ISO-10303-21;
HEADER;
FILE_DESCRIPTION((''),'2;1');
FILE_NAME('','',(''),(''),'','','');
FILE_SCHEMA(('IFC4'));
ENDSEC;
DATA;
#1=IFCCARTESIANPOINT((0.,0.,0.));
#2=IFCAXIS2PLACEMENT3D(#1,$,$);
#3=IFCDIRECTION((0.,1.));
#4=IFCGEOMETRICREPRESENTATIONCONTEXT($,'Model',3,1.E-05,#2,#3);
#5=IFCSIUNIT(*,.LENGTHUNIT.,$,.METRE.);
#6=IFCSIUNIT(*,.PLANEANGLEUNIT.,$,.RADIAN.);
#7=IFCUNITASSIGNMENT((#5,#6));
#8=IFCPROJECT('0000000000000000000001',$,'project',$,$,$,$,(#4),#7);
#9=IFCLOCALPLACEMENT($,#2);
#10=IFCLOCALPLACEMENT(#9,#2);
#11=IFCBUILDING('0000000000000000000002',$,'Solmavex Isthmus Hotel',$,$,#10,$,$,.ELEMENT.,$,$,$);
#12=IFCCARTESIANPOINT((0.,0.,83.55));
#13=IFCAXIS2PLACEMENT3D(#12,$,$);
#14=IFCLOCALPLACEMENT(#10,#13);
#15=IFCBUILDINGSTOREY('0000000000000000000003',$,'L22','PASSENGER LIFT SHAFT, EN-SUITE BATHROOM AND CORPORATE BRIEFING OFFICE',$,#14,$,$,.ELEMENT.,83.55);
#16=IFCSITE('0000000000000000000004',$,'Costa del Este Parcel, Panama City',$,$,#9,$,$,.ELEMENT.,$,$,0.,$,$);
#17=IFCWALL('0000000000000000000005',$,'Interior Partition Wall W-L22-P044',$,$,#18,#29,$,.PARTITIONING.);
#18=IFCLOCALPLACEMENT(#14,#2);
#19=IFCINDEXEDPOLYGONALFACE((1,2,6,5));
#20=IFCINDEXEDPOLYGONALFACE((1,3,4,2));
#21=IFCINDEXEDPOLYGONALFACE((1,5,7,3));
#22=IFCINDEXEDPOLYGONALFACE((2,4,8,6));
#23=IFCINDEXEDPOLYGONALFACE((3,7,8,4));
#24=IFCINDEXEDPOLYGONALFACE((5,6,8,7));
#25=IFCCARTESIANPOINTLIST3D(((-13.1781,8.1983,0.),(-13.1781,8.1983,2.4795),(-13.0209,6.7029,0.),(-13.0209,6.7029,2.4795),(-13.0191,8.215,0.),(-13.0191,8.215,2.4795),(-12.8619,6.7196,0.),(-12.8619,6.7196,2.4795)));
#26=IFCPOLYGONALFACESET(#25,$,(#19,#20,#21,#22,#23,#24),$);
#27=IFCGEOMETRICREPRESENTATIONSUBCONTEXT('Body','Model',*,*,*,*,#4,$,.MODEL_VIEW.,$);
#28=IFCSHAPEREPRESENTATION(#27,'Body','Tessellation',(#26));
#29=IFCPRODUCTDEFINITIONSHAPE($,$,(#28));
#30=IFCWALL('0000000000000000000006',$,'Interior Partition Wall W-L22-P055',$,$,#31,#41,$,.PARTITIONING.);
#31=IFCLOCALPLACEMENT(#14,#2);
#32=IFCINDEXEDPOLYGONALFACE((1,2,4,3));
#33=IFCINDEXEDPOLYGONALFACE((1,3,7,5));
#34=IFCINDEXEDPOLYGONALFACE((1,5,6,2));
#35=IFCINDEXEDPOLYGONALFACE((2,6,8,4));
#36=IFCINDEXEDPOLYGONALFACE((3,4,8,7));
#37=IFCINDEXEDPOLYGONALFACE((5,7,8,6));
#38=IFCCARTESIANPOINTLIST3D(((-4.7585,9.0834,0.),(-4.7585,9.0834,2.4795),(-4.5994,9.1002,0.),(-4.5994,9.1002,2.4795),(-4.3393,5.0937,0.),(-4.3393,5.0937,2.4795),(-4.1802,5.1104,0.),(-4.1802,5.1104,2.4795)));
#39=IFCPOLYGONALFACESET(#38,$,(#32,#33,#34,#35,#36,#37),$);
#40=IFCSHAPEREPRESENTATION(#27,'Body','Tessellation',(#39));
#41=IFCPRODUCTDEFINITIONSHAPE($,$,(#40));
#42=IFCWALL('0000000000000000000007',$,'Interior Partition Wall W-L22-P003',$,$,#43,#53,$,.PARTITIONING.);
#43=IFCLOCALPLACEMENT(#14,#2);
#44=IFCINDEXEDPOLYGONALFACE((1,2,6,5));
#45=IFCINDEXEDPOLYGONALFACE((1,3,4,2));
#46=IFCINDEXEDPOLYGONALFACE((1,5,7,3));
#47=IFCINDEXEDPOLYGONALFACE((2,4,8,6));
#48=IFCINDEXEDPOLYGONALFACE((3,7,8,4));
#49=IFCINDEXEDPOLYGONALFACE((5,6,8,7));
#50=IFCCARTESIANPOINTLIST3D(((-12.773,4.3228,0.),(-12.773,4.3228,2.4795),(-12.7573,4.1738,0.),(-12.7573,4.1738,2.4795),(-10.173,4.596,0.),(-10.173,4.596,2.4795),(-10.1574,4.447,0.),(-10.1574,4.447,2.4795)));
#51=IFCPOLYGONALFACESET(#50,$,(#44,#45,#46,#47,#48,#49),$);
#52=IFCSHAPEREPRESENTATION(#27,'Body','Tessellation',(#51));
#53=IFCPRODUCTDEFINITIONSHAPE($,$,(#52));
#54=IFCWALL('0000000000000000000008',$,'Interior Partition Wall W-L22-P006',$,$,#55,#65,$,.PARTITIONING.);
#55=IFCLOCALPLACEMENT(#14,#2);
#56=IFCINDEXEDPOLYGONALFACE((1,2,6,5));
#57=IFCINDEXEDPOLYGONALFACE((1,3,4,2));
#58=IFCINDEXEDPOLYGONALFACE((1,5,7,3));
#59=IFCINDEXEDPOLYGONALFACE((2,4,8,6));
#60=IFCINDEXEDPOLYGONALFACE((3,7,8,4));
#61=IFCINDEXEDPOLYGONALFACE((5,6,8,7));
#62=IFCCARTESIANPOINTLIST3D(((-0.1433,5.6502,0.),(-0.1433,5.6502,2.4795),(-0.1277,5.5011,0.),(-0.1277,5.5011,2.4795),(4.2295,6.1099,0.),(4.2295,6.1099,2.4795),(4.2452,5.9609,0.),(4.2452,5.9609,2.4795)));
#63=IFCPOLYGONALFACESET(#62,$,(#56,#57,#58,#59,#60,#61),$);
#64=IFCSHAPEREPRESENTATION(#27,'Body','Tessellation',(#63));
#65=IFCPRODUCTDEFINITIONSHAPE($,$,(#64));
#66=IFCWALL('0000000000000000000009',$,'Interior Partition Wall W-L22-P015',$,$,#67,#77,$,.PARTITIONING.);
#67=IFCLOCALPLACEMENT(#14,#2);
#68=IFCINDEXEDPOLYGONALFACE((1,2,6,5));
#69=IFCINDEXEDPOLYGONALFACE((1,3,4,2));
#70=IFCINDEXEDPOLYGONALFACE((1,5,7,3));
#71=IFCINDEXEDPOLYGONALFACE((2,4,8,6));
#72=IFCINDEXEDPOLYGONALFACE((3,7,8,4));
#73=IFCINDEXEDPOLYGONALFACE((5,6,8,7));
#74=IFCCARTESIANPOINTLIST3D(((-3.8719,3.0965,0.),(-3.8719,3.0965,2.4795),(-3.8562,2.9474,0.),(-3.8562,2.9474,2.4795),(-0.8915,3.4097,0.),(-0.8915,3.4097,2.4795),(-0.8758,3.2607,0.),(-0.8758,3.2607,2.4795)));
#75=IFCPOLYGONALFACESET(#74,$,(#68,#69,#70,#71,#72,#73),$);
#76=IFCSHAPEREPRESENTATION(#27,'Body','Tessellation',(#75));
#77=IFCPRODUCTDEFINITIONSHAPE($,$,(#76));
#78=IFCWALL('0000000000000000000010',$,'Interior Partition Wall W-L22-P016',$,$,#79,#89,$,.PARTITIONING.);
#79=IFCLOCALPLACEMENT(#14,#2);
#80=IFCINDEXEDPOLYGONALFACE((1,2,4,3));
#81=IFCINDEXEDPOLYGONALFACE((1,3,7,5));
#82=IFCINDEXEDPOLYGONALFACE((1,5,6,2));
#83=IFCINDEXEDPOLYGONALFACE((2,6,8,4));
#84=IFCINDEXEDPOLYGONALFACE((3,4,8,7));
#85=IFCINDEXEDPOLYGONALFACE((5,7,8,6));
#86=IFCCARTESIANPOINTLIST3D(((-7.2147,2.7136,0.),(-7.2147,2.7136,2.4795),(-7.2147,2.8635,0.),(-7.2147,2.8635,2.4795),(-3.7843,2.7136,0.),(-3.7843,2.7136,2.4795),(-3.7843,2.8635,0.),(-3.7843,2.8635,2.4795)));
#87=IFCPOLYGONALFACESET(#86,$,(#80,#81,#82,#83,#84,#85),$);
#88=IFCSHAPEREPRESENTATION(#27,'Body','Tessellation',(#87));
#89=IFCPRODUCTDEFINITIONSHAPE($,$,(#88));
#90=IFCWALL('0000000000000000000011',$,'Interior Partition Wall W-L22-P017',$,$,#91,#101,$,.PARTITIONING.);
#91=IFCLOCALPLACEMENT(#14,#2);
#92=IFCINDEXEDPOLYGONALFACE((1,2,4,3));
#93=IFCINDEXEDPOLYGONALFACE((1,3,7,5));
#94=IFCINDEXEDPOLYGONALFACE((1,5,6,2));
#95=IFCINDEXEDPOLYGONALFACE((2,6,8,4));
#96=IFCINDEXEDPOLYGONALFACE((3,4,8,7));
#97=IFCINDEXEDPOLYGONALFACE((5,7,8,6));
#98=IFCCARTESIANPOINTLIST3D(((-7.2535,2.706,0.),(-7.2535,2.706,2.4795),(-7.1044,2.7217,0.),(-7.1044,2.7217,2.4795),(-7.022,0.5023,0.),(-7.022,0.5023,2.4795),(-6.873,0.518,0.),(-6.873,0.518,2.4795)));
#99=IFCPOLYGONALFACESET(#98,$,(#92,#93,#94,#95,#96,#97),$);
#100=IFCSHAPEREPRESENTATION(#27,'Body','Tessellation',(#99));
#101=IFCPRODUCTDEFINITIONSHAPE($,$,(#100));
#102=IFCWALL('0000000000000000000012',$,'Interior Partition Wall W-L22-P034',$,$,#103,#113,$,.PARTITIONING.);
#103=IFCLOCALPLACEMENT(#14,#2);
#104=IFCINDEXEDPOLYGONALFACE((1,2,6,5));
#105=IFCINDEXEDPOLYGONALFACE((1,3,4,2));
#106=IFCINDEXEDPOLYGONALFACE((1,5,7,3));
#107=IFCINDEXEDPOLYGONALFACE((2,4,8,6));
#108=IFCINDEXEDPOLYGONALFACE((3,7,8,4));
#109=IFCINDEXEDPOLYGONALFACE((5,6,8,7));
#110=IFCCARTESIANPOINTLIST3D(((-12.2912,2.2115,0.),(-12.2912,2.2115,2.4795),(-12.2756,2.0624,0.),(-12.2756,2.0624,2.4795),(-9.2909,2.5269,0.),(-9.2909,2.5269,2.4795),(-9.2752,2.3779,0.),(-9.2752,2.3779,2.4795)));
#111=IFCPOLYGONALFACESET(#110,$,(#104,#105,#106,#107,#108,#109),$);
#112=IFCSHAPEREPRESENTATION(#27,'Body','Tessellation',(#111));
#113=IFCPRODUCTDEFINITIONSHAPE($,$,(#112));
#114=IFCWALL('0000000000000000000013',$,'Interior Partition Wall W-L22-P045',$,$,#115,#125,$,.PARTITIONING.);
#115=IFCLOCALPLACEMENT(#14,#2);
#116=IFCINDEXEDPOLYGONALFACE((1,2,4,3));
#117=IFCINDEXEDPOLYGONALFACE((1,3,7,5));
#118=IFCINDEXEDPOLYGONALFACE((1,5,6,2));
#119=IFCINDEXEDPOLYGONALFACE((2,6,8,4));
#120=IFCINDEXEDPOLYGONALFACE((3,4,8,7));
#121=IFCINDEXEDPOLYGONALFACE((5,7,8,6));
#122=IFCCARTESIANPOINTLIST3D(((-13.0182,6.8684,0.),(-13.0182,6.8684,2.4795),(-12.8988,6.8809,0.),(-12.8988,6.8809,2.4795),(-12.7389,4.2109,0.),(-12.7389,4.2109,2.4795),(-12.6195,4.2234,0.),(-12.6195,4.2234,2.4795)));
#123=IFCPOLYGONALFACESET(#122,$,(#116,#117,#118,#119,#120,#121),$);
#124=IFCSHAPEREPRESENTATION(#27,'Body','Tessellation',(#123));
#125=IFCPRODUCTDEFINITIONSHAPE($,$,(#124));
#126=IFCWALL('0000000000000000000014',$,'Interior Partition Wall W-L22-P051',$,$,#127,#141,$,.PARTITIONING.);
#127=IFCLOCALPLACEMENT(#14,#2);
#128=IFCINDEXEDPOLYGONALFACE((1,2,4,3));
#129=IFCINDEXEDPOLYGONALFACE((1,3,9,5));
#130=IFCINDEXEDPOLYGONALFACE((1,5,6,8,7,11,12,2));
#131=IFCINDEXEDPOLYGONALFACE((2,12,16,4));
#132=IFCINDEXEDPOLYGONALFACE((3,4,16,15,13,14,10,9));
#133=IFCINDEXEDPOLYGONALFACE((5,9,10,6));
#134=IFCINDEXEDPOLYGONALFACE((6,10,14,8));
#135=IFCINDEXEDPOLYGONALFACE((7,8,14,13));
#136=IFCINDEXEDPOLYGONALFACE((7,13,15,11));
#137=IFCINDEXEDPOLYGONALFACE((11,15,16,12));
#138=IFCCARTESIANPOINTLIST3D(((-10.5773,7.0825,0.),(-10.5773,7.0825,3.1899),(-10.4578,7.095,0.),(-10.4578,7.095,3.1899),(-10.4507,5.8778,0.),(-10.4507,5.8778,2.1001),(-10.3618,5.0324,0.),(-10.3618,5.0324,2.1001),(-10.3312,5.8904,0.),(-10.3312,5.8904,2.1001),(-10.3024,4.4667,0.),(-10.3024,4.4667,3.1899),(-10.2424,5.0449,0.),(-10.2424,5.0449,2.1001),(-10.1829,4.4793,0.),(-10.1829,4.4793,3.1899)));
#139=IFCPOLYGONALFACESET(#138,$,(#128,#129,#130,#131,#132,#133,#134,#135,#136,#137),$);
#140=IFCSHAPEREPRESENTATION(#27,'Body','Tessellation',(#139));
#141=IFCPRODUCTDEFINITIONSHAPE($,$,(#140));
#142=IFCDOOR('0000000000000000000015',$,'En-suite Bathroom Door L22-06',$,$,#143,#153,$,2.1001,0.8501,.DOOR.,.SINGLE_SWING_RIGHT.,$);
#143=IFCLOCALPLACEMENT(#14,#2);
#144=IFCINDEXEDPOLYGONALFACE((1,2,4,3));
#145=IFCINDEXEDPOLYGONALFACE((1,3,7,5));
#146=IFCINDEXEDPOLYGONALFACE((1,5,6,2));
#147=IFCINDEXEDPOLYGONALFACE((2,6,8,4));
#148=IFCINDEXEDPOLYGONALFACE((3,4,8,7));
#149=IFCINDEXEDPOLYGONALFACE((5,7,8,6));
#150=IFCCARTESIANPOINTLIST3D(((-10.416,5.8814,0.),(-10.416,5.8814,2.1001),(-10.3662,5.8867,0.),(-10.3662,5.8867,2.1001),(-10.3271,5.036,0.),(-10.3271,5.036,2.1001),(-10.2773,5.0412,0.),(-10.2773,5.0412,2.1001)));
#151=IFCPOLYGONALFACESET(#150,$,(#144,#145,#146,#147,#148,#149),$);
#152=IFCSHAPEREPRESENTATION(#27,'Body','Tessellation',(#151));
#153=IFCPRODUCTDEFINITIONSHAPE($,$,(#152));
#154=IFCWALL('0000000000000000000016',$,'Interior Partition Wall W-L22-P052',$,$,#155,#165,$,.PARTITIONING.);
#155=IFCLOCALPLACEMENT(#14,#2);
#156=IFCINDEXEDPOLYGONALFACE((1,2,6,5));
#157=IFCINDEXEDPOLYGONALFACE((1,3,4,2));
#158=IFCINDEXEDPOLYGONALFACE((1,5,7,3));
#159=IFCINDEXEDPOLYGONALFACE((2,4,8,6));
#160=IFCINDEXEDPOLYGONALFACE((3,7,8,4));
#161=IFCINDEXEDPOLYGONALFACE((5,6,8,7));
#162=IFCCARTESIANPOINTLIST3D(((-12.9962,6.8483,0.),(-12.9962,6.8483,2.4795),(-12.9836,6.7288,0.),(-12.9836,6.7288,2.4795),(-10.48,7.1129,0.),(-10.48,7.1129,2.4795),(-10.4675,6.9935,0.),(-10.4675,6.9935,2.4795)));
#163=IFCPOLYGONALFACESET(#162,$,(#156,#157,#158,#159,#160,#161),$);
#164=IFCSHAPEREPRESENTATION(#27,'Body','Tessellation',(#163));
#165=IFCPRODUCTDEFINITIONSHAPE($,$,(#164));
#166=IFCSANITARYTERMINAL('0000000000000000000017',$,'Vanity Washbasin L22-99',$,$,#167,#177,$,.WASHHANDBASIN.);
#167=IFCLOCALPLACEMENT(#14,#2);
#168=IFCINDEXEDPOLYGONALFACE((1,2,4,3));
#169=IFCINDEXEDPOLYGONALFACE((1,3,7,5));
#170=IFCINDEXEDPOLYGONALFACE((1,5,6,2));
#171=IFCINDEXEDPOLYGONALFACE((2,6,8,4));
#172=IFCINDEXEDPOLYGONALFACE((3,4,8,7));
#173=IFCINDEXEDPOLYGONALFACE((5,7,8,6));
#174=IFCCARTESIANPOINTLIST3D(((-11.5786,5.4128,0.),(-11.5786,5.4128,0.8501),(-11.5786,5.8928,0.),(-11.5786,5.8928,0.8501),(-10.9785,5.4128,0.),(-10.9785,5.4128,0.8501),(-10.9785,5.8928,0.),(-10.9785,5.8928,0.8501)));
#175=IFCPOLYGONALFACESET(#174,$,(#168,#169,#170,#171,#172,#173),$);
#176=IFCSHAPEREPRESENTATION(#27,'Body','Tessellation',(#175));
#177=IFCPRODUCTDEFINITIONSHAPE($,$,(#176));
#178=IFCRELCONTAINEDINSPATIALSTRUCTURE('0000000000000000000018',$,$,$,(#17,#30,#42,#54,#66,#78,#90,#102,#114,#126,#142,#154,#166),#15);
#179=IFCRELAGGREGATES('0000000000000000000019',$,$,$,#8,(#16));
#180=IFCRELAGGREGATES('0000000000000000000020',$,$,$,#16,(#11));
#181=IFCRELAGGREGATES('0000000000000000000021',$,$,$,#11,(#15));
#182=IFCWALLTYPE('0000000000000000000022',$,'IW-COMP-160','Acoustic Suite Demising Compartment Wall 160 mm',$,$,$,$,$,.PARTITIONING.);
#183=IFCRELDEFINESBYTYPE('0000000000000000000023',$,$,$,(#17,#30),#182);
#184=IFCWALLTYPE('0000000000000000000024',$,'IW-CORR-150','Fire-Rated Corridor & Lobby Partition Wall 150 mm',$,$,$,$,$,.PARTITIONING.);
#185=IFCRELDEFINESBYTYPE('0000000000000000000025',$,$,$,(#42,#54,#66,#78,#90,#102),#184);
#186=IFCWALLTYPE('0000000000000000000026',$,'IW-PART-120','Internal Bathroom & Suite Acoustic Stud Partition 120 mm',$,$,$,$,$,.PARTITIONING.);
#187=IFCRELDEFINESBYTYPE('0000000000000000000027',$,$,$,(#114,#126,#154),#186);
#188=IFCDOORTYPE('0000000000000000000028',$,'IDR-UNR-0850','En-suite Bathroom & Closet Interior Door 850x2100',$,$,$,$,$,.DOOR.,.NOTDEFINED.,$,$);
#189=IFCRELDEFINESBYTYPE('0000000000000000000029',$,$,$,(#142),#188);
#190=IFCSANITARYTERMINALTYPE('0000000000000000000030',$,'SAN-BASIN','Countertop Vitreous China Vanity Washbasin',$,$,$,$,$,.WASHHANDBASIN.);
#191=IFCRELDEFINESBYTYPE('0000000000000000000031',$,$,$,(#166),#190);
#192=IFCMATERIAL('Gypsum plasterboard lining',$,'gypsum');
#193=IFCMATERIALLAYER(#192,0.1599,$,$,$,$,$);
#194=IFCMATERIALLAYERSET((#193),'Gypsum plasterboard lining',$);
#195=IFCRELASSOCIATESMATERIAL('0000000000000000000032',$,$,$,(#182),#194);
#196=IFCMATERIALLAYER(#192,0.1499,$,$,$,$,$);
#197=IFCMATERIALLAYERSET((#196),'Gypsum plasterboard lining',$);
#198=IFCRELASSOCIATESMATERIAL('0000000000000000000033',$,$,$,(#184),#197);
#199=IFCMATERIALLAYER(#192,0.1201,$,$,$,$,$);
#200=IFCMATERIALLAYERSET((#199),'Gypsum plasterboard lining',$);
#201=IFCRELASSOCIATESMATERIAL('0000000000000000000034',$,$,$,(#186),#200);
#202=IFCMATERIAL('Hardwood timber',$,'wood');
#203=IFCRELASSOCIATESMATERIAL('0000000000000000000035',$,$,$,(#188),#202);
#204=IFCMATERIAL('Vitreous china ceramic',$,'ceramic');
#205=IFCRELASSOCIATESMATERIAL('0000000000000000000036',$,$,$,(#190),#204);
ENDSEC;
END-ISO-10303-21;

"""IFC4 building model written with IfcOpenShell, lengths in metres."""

from ifc_helpers import new_model, si_unit, direction, frame, frame_2d, origin, origin_2d, place, context, subcontext, project, spatial, rectangle, extrude, material, layer, layer_set, type_object, element, fill, save


model = new_model("IFC4")

# Units and contexts
model_context = context("Model", 3, precision=1e-05, world=origin(), true_north=direction((0.0, 1.0)))
body_context = subcontext(model_context, "Body", "Model", "MODEL_VIEW")
ifc_project = project(units=[si_unit("LENGTHUNIT", "METRE"), si_unit("PLANEANGLEUNIT", "RADIAN")], contexts=[model_context])

# Site, building, storey
site_placement = place(None, origin())
site = spatial("IfcSite", under=ifc_project, at=site_placement, Name="Costa del Este Parcel, Panama City", CompositionType="ELEMENT", RefElevation=0.0)
building_placement = place(site_placement, origin())
building = spatial("IfcBuilding", under=site, at=building_placement, Name="Solmavex Isthmus Hotel", CompositionType="ELEMENT")
storey_placement = place(building_placement, frame((0.0, 0.0, 83.55)))
storey = spatial("IfcBuildingStorey", under=building, at=storey_placement, Name="L22", Description="PASSENGER LIFT SHAFT, EN-SUITE BATHROOM AND CORPORATE BRIEFING OFFICE", CompositionType="ELEMENT", Elevation=83.55)

# Walls
ifc_material_1 = material(Name="Gypsum plasterboard lining", Category="gypsum")
ifc_layer_1 = layer(ifc_material_1, 0.1599)
ifc_layer_set_1 = layer_set([ifc_layer_1], Name="Gypsum plasterboard lining")
wall_type_1 = type_object("IfcWallType", Name="IW-COMP-160", Description="Acoustic Suite Demising Compartment Wall 160 mm", PredefinedType="PARTITIONING", material=ifc_layer_set_1)
wall_1_placement = place(storey_placement, frame((-13.0986, 8.2068, 0.0), z_axis=(0.0, 0.0, 1.0), x_axis=(0.104566, -0.994518, 0.0)))
element("IfcWall", 1, at=wall_1_placement, inside=storey, type_object=wall_type_1, Name="Interior Partition Wall W-L22-P044", PredefinedType="PARTITIONING", context=body_context, shape_type="SweptSolid", body=[
    extrude(rectangle(XDim=1.5037, YDim=0.1599, at=frame_2d((0.752, 0.0))), origin(), (0.0, 0.0, 1.0), 2.4795),
])
wall_2_placement = place(storey_placement, frame((-4.679, 9.0918, 0.0), z_axis=(0.0, 0.0, 1.0), x_axis=(0.104492, -0.994526, 0.0)))
element("IfcWall", 2, at=wall_2_placement, inside=storey, type_object=wall_type_1, Name="Interior Partition Wall W-L22-P055", PredefinedType="PARTITIONING", context=body_context, shape_type="SweptSolid", body=[
    extrude(rectangle(XDim=4.0117, YDim=0.1599, at=frame_2d((2.0059, 0.0))), origin(), (0.0, 0.0, 1.0), 2.4795),
])

# Shared definitions
ifc_layer_2 = layer(ifc_material_1, 0.1499)
ifc_layer_set_2 = layer_set([ifc_layer_2], Name="Gypsum plasterboard lining")
wall_type_2 = type_object("IfcWallType", Name="IW-CORR-150", Description="Fire-Rated Corridor & Lobby Partition Wall 150 mm", PredefinedType="PARTITIONING", material=ifc_layer_set_2)
ifc_material_2 = material(Name="Hardwood timber", Category="wood")

# Wall
wall_3_placement = place(storey_placement, frame((-12.7651, 4.2483, 0.0), z_axis=(0.0, 0.0, 1.0), x_axis=(0.994524, 0.104505, 0.0)))
element("IfcWall", 3, at=wall_3_placement, inside=storey, type_object=wall_type_2, Name="Interior Partition Wall W-L22-P003", PredefinedType="PARTITIONING", context=body_context, shape_type="SweptSolid", body=[
    extrude(rectangle(XDim=2.6143, YDim=0.1499, at=frame_2d((1.3071, 0.0))), origin(), (0.0, 0.0, 1.0), 2.4795),
])

# Walls
wall_4_placement = place(storey_placement, frame((-0.1355, 5.5757, 0.0), z_axis=(0.0, 0.0, 1.0), x_axis=(0.994519, 0.104555, 0.0)))
element("IfcWall", 4, at=wall_4_placement, inside=storey, type_object=wall_type_2, Name="Interior Partition Wall W-L22-P006", PredefinedType="PARTITIONING", context=body_context, shape_type="SweptSolid", body=[
    extrude(rectangle(XDim=4.397, YDim=0.1499, at=frame_2d((2.1985, 0.0))), origin(), (0.0, 0.0, 1.0), 2.4795),
])
wall_5_placement = place(storey_placement, frame((-0.8835, 3.3352, 0.0), z_axis=(0.0, 0.0, 1.0), x_axis=(-0.994523, -0.104519, 0.0)))
element("IfcWall", 5, at=wall_5_placement, inside=storey, type_object=wall_type_2, Name="Interior Partition Wall W-L22-P015", PredefinedType="PARTITIONING", context=body_context, shape_type="SweptSolid", body=[
    extrude(rectangle(XDim=2.9968, YDim=0.1499, at=frame_2d((1.4985, 0.0))), origin(), (0.0, 0.0, 1.0), 2.4795),
])
wall_6_placement = place(storey_placement, frame((-3.7842, 2.7886, 0.0), z_axis=(0.0, 0.0, 1.0), x_axis=(-1.0, 0.0, 0.0)))
element("IfcWall", 6, at=wall_6_placement, inside=storey, type_object=wall_type_2, Name="Interior Partition Wall W-L22-P016", PredefinedType="PARTITIONING", context=body_context, shape_type="SweptSolid", body=[
    extrude(rectangle(XDim=3.4304, YDim=0.1499, at=frame_2d((1.7153, 0.0))), origin(), (0.0, 0.0, 1.0), 2.4795),
])
wall_7_placement = place(storey_placement, frame((-7.179, 2.7139, 0.0), z_axis=(0.0, 0.0, 1.0), x_axis=(0.104455, -0.99453, 0.0)))
element("IfcWall", 7, at=wall_7_placement, inside=storey, type_object=wall_type_2, Name="Interior Partition Wall W-L22-P017", PredefinedType="PARTITIONING", context=body_context, shape_type="SweptSolid", body=[
    extrude(rectangle(XDim=2.2158, YDim=0.1499, at=frame_2d((1.1079, 0.0))), origin(), (0.0, 0.0, 1.0), 2.4795),
])
wall_8_placement = place(storey_placement, frame((-9.2832, 2.4524, 0.0), z_axis=(0.0, 0.0, 1.0), x_axis=(-0.994519, -0.104558, 0.0)))
element("IfcWall", 8, at=wall_8_placement, inside=storey, type_object=wall_type_2, Name="Interior Partition Wall W-L22-P034", PredefinedType="PARTITIONING", context=body_context, shape_type="SweptSolid", body=[
    extrude(rectangle(XDim=3.0168, YDim=0.1499, at=frame_2d((1.5083, 0.0))), origin(), (0.0, 0.0, 1.0), 2.4795),
])

# Wall
ifc_layer_3 = layer(ifc_material_1, 0.1201)
ifc_layer_set_3 = layer_set([ifc_layer_3], Name="Gypsum plasterboard lining")
wall_type_3 = type_object("IfcWallType", Name="IW-PART-120", Description="Internal Bathroom & Suite Acoustic Stud Partition 120 mm", PredefinedType="PARTITIONING", material=ifc_layer_set_3)
wall_9_placement = place(storey_placement, frame((-12.9585, 6.8745, 0.0), z_axis=(0.0, 0.0, 1.0), x_axis=(0.104523, -0.994522, 0.0)))
element("IfcWall", 9, at=wall_9_placement, inside=storey, type_object=wall_type_3, Name="Interior Partition Wall W-L22-P045", PredefinedType="PARTITIONING", context=body_context, shape_type="SweptSolid", body=[
    extrude(rectangle(XDim=2.6721, YDim=0.1201, at=frame_2d((1.3359, 0.0))), origin(), (0.0, 0.0, 1.0), 2.4795),
])

# Wall, opening, door
wall_10_placement = place(storey_placement, frame((-10.2427, 4.4731, 0.0), z_axis=(0.0, 0.0, 1.0), x_axis=(-0.10452, 0.994523, 0.0)))
wall_10 = element("IfcWall", 10, at=wall_10_placement, inside=storey, type_object=wall_type_3, Name="Interior Partition Wall W-L22-P051", PredefinedType="PARTITIONING", context=body_context, shape_type="SweptSolid", body=[
    extrude(rectangle(XDim=2.6301, YDim=0.1201, at=frame_2d((1.3149, 0.0))), origin(), (0.0, 0.0, 1.0), 3.1899),
])
opening_1_placement = place(wall_10_placement, frame((0.5686, 0.0, 0.0)))
opening_1 = element("IfcOpeningElement", 11, at=opening_1_placement, cuts=wall_10, PredefinedType="OPENING", context=body_context, shape_type="SweptSolid", body=[
    extrude(rectangle(XDim=0.8501, YDim=2.1001, at=frame_2d((0.425, 1.05))), frame((0.0, 0.0701, 0.0), z_axis=(0.0, -1.0, 0.0), x_axis=(1.0, 0.0, 0.0)), (0.0, 0.0, 1.0), 0.1401),
])
door_type_1 = type_object("IfcDoorType", Name="IDR-UNR-0850", Description="En-suite Bathroom & Closet Interior Door 850x2100", OperationType="NOTDEFINED", PredefinedType="DOOR", material=ifc_material_2)
door_1_placement = place(opening_1_placement, frame((0.8501, 0.0, 0.0), z_axis=(0.0, 0.0, 1.0), x_axis=(-1.0, 0.0, 0.0)))
door_1 = element("IfcDoor", 12, at=door_1_placement, inside=storey, type_object=door_type_1, Name="En-suite Bathroom Door L22-06", OperationType="SINGLE_SWING_RIGHT", OverallHeight=2.1001, OverallWidth=0.8501, PredefinedType="DOOR", context=body_context, shape_type="SweptSolid", body=[
    extrude(rectangle(XDim=0.8501, YDim=2.1001, at=frame_2d((0.425, 1.05))), frame((0.0, 0.0249, 0.0), z_axis=(0.0, -1.0, 0.0), x_axis=(1.0, 0.0, 0.0)), (0.0, 0.0, 1.0), 0.05),
])
fill(opening_1, door_1)

# Wall
wall_11_placement = place(storey_placement, frame((-10.4736, 7.0532, 0.0), z_axis=(0.0, 0.0, 1.0), x_axis=(-0.994514, -0.104604, 0.0)))
element("IfcWall", 13, at=wall_11_placement, inside=storey, type_object=wall_type_3, Name="Interior Partition Wall W-L22-P052", PredefinedType="PARTITIONING", context=body_context, shape_type="SweptSolid", body=[
    extrude(rectangle(XDim=2.53, YDim=0.1201, at=frame_2d((1.2651, 0.0))), origin(), (0.0, 0.0, 1.0), 2.4795),
])

# Sanitary terminal
ifc_material_3 = material(Name="Vitreous china ceramic", Category="ceramic")
sanitary_terminal_type_1 = type_object("IfcSanitaryTerminalType", Name="SAN-BASIN", Description="Countertop Vitreous China Vanity Washbasin", PredefinedType="WASHHANDBASIN", material=ifc_material_3)
sanitary_terminal_1_placement = place(storey_placement, frame((-11.2786, 5.6528, 0.0), z_axis=(0.0, 0.0, 1.0), x_axis=(1.0, 0.0, 0.0)))
element("IfcSanitaryTerminal", 14, at=sanitary_terminal_1_placement, inside=storey, type_object=sanitary_terminal_type_1, Name="Vanity Washbasin L22-99", PredefinedType="WASHHANDBASIN", context=body_context, shape_type="SweptSolid", body=[
    extrude(rectangle(XDim=0.6001, YDim=0.48, at=origin_2d()), origin(), (0.0, 0.0, 1.0), 0.8501),
])

save(model, "model.ifc")
